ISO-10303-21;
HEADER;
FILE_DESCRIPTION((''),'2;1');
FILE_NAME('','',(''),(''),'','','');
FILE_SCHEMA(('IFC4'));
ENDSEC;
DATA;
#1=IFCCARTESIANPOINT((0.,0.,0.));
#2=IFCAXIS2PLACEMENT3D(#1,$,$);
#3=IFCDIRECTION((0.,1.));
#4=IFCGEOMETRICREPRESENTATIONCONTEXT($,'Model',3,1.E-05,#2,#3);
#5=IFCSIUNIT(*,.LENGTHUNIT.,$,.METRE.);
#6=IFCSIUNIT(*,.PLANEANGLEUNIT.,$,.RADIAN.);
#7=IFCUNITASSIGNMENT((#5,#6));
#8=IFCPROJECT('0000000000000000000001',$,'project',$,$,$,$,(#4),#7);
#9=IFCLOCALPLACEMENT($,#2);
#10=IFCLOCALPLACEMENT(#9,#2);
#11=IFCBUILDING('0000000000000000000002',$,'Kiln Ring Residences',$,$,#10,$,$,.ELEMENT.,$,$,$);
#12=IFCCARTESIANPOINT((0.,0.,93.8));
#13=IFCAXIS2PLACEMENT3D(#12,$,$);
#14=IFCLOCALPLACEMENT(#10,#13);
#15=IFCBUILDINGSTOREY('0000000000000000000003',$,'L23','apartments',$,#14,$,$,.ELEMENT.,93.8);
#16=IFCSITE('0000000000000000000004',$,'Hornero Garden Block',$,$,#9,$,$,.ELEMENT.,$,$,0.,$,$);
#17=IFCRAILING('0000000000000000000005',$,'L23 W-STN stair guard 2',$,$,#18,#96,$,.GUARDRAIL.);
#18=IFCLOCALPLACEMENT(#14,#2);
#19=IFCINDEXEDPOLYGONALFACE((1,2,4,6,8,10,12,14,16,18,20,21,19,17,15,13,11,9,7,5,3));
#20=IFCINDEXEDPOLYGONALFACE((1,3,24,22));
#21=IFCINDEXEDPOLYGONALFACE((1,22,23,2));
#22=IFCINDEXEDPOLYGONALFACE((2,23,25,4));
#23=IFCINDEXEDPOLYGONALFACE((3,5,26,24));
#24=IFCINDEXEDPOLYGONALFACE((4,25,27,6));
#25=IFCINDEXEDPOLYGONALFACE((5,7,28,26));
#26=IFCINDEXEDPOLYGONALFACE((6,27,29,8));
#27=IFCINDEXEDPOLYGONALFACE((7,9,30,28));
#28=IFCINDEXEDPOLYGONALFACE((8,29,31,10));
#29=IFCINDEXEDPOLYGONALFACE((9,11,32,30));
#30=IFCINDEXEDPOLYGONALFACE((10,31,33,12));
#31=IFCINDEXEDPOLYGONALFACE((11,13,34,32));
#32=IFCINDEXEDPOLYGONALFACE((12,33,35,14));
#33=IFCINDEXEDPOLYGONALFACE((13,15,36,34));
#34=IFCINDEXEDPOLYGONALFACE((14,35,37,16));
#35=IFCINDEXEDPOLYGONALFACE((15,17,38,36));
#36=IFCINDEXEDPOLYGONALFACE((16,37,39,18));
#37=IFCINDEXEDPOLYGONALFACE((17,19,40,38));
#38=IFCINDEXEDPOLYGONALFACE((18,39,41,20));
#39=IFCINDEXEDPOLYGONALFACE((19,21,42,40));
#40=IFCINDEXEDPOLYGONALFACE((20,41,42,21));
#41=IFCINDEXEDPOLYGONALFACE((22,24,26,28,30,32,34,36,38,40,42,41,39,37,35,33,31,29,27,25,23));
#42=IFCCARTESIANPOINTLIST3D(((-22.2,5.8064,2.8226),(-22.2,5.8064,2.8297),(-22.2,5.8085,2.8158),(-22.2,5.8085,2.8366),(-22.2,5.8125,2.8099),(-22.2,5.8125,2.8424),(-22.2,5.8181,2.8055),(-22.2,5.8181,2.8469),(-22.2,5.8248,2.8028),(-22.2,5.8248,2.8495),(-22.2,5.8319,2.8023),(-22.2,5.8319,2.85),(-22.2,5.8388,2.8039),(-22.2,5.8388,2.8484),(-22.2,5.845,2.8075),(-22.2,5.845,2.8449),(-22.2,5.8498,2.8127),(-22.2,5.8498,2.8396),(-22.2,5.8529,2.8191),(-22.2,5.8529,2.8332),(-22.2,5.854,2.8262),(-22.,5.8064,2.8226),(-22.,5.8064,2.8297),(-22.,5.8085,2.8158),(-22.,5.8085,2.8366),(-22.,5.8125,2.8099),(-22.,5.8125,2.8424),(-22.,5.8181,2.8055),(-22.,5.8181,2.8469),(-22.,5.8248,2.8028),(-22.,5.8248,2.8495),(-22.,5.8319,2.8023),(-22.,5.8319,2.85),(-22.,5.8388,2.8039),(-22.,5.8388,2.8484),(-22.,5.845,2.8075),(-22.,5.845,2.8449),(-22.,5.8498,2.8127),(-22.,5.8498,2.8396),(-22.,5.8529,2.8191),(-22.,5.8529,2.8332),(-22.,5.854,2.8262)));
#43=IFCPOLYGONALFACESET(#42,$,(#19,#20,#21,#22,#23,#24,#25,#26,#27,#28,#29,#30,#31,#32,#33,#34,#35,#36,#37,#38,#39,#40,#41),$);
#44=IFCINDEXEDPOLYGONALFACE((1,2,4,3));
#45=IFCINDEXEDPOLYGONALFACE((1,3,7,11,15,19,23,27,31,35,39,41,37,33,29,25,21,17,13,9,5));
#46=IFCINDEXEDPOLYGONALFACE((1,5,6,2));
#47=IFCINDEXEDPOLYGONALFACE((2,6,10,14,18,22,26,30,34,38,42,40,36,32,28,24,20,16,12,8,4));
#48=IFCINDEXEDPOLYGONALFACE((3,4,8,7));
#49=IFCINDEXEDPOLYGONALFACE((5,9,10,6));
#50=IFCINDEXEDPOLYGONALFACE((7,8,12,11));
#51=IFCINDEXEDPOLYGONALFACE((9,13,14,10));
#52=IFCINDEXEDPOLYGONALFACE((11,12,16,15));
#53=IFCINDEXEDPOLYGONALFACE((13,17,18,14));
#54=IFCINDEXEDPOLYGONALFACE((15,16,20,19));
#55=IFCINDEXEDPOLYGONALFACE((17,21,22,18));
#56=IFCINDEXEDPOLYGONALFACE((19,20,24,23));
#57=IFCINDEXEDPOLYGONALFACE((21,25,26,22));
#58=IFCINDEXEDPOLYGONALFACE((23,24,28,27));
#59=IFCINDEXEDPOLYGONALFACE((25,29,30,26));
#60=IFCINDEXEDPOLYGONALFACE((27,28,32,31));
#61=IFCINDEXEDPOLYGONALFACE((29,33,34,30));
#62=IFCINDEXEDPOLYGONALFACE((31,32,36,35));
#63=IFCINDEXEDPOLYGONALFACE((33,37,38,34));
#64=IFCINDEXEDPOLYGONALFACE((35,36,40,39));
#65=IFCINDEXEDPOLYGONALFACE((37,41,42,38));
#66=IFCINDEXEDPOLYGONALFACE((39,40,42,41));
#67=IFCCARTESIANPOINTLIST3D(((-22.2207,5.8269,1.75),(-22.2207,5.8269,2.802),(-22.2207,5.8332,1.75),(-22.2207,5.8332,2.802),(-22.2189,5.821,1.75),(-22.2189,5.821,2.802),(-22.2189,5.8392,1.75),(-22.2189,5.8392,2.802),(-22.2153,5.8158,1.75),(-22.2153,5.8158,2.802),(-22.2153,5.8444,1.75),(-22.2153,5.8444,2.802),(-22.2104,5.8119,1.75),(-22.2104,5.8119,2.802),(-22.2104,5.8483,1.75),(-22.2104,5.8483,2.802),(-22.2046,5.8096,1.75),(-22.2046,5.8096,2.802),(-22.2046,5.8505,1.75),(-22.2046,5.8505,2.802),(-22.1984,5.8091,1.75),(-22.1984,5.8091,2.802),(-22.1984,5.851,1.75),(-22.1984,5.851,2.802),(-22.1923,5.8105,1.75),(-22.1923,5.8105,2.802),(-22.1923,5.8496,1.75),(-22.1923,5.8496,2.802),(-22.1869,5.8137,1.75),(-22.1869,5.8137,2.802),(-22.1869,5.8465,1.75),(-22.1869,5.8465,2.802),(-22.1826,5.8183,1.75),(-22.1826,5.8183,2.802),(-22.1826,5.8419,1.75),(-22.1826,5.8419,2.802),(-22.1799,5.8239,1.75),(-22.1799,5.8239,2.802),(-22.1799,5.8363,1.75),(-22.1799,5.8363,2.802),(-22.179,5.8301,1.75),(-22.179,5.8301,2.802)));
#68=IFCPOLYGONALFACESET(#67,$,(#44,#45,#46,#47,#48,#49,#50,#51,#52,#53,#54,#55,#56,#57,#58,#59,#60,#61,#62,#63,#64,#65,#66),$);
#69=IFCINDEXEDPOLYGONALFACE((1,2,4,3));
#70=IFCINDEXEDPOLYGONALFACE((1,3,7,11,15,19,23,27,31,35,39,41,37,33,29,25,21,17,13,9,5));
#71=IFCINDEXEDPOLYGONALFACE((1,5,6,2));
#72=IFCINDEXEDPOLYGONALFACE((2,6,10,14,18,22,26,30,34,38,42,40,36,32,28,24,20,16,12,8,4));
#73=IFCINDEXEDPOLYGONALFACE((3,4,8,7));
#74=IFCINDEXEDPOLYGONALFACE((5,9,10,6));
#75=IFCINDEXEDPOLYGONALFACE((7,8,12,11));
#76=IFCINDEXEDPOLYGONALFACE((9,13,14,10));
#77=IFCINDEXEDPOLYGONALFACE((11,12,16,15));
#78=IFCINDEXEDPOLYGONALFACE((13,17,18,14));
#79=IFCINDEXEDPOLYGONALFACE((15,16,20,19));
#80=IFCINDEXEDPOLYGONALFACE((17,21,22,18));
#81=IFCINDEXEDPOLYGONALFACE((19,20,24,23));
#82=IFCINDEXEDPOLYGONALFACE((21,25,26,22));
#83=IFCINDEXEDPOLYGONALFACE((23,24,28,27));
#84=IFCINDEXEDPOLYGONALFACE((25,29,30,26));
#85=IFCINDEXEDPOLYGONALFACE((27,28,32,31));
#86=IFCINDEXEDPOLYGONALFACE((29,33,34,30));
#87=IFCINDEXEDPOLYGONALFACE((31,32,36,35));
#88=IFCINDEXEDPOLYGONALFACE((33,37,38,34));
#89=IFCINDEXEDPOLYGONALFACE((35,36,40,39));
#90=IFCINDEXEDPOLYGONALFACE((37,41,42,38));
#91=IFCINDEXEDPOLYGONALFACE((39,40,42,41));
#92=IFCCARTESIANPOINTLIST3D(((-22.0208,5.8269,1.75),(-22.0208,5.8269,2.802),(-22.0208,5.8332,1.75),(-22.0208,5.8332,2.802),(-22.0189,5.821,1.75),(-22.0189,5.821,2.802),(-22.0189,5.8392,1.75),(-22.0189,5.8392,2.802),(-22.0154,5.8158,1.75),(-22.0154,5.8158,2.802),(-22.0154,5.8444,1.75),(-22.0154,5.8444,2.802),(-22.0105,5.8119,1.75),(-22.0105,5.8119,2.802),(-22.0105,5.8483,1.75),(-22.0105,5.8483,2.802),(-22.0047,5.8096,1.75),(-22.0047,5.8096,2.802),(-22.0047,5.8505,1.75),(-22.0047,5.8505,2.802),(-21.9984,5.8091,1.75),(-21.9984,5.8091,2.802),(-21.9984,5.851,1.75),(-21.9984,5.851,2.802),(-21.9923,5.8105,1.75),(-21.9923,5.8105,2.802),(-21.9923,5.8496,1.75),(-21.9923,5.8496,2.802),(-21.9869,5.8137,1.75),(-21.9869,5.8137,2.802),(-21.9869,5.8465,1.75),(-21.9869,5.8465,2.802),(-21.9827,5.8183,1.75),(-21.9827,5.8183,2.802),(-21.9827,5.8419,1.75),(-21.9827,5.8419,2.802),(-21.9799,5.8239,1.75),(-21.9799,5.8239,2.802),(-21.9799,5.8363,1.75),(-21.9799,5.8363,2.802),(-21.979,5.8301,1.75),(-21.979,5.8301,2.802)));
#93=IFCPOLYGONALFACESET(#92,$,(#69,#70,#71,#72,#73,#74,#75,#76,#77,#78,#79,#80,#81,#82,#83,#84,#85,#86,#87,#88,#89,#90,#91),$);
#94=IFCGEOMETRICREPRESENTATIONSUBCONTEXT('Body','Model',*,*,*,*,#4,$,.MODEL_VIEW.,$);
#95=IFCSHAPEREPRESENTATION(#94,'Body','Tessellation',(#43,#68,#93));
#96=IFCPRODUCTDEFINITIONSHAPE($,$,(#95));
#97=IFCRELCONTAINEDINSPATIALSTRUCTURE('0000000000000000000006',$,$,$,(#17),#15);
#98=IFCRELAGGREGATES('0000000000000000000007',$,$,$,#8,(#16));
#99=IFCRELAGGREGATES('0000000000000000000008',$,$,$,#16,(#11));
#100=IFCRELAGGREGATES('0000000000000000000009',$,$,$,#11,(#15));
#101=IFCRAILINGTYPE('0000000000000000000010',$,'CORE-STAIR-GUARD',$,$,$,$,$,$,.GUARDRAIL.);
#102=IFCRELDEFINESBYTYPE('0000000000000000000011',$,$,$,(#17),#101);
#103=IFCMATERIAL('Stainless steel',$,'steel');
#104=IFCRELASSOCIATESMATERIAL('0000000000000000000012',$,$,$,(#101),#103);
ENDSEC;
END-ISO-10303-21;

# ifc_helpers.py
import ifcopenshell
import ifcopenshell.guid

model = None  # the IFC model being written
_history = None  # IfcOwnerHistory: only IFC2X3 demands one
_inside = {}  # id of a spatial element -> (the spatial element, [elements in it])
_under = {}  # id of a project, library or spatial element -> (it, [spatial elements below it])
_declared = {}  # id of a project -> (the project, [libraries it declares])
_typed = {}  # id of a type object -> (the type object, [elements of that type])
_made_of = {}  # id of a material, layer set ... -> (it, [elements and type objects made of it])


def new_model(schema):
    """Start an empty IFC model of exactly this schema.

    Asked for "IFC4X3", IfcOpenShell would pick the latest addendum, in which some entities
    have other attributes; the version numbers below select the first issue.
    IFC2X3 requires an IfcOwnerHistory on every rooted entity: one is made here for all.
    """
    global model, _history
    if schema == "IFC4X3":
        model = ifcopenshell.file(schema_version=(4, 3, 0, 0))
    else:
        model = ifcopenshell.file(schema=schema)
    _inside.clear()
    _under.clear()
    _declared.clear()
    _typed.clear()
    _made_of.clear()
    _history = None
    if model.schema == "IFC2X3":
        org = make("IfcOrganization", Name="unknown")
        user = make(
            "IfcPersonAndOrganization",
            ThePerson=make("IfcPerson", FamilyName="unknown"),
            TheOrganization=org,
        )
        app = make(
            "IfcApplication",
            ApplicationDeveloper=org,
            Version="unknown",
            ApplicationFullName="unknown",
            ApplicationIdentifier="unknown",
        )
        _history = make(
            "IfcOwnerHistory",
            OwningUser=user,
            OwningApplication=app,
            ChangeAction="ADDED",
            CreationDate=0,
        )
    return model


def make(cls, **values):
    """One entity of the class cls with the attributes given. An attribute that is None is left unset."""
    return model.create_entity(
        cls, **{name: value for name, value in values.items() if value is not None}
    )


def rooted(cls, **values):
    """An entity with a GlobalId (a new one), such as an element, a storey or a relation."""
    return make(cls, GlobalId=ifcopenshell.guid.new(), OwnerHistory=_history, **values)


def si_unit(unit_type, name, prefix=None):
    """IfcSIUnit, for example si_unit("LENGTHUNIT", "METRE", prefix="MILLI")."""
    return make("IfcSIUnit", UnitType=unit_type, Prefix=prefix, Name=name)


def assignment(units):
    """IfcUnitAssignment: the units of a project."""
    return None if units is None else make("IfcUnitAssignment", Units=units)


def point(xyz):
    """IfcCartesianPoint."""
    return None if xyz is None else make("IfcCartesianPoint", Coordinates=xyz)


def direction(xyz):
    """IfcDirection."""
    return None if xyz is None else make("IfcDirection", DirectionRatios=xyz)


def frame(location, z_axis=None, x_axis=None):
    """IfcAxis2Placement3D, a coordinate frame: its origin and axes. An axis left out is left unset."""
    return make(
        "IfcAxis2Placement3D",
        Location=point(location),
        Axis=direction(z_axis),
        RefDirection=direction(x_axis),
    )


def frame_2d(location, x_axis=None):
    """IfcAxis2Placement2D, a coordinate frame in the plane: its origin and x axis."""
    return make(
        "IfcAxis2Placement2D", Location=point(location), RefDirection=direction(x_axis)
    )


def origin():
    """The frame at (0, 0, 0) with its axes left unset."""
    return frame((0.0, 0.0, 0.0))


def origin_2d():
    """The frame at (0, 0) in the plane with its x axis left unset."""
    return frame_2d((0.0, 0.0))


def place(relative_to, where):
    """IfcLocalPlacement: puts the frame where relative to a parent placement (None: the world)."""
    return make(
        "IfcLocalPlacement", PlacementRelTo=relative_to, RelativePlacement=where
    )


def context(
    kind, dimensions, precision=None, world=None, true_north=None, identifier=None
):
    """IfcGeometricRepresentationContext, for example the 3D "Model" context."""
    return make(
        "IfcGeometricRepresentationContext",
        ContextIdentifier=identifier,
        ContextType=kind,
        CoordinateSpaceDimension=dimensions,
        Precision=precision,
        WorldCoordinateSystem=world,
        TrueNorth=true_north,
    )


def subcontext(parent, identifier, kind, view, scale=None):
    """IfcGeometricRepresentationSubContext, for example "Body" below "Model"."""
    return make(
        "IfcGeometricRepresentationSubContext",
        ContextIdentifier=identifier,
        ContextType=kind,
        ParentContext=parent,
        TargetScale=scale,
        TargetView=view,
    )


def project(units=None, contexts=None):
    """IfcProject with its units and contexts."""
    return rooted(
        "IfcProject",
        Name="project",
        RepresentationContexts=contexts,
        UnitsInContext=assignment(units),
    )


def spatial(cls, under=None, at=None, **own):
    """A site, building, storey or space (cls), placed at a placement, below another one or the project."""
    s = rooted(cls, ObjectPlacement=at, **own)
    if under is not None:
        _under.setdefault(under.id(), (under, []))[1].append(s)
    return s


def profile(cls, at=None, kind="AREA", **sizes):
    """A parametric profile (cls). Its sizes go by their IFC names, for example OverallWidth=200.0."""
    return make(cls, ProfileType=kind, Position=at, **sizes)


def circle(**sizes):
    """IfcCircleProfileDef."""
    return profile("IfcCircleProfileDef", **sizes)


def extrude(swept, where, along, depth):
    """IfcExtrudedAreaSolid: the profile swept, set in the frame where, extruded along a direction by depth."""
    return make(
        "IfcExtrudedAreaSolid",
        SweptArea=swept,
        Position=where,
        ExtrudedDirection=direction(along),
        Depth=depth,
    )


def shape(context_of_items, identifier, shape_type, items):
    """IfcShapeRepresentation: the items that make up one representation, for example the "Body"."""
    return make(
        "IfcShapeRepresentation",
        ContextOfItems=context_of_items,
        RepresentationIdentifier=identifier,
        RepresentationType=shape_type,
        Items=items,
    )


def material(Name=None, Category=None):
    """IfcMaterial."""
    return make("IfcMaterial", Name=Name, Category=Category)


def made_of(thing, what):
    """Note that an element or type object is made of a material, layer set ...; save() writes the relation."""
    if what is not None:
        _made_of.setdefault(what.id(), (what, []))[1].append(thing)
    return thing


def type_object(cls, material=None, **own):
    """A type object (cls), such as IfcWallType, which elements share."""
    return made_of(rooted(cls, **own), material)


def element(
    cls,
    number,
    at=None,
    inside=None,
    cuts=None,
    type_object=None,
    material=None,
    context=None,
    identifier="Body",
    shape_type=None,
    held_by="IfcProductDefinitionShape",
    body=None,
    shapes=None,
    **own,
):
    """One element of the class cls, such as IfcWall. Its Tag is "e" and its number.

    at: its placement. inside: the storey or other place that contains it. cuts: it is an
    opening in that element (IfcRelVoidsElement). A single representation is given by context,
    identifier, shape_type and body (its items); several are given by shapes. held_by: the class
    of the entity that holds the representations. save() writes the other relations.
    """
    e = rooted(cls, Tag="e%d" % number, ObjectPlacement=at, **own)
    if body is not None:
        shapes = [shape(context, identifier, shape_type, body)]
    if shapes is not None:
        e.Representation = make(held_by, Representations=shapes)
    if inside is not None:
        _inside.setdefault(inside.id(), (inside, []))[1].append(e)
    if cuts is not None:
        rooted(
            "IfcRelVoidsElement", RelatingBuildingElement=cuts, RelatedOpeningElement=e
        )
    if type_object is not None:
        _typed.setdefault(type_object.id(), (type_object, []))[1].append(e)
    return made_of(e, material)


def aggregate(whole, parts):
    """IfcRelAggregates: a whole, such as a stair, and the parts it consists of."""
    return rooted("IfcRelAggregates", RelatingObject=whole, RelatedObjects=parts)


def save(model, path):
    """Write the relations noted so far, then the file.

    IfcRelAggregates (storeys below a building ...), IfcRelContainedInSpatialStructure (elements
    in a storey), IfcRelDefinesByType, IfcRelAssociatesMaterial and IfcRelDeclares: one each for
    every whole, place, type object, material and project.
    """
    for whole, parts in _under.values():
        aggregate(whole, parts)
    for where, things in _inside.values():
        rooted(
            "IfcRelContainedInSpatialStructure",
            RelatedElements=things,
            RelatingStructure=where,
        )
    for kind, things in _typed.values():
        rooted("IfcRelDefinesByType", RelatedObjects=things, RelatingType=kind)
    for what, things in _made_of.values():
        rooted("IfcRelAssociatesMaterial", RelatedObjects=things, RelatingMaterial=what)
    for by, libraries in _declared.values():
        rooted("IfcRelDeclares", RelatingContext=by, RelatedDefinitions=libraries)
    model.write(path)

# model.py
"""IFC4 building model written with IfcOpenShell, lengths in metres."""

from ifc_helpers import new_model, si_unit, direction, frame, origin, origin_2d, place, context, subcontext, project, spatial, circle, extrude, material, type_object, element, save


model = new_model("IFC4")

# Units and contexts
model_context = context("Model", 3, precision=1e-05, world=origin(), true_north=direction((0.0, 1.0)))
body_context = subcontext(model_context, "Body", "Model", "MODEL_VIEW")
ifc_project = project(units=[si_unit("LENGTHUNIT", "METRE"), si_unit("PLANEANGLEUNIT", "RADIAN")], contexts=[model_context])

# Site, building, storey
site_placement = place(None, origin())
site = spatial("IfcSite", under=ifc_project, at=site_placement, Name="Hornero Garden Block", CompositionType="ELEMENT", RefElevation=0.0)
building_placement = place(site_placement, origin())
building = spatial("IfcBuilding", under=site, at=building_placement, Name="Kiln Ring Residences", CompositionType="ELEMENT")
storey_placement = place(building_placement, frame((0.0, 0.0, 93.8)))
storey = spatial("IfcBuildingStorey", under=building, at=storey_placement, Name="L23", Description="apartments", CompositionType="ELEMENT", Elevation=93.8)

# Railing
ifc_material_1 = material(Name="Stainless steel", Category="steel")
railing_type_1 = type_object("IfcRailingType", Name="CORE-STAIR-GUARD", PredefinedType="GUARDRAIL", material=ifc_material_1)
railing_1_placement = place(storey_placement, frame((-22.2, 5.8301, 1.75)))
element("IfcRailing", 1, at=railing_1_placement, inside=storey, type_object=railing_type_1, Name="L23 W-STN stair guard 2", PredefinedType="GUARDRAIL", context=body_context, shape_type="SweptSolid", body=[
    extrude(circle(Radius=0.0239, at=origin_2d()), frame((0.0, 0.0, 1.0762), z_axis=(1.0, 0.0, 0.0), x_axis=(0.0, 1.0, 0.0)), (0.0, 0.0, 1.0), 0.2),
    extrude(circle(Radius=0.021, at=origin_2d()), origin(), (0.0, 0.0, 1.0), 1.052),
    extrude(circle(Radius=0.021, at=origin_2d()), frame((0.2, 0.0, 0.0)), (0.0, 0.0, 1.0), 1.052),
])

save(model, "model.ifc")
